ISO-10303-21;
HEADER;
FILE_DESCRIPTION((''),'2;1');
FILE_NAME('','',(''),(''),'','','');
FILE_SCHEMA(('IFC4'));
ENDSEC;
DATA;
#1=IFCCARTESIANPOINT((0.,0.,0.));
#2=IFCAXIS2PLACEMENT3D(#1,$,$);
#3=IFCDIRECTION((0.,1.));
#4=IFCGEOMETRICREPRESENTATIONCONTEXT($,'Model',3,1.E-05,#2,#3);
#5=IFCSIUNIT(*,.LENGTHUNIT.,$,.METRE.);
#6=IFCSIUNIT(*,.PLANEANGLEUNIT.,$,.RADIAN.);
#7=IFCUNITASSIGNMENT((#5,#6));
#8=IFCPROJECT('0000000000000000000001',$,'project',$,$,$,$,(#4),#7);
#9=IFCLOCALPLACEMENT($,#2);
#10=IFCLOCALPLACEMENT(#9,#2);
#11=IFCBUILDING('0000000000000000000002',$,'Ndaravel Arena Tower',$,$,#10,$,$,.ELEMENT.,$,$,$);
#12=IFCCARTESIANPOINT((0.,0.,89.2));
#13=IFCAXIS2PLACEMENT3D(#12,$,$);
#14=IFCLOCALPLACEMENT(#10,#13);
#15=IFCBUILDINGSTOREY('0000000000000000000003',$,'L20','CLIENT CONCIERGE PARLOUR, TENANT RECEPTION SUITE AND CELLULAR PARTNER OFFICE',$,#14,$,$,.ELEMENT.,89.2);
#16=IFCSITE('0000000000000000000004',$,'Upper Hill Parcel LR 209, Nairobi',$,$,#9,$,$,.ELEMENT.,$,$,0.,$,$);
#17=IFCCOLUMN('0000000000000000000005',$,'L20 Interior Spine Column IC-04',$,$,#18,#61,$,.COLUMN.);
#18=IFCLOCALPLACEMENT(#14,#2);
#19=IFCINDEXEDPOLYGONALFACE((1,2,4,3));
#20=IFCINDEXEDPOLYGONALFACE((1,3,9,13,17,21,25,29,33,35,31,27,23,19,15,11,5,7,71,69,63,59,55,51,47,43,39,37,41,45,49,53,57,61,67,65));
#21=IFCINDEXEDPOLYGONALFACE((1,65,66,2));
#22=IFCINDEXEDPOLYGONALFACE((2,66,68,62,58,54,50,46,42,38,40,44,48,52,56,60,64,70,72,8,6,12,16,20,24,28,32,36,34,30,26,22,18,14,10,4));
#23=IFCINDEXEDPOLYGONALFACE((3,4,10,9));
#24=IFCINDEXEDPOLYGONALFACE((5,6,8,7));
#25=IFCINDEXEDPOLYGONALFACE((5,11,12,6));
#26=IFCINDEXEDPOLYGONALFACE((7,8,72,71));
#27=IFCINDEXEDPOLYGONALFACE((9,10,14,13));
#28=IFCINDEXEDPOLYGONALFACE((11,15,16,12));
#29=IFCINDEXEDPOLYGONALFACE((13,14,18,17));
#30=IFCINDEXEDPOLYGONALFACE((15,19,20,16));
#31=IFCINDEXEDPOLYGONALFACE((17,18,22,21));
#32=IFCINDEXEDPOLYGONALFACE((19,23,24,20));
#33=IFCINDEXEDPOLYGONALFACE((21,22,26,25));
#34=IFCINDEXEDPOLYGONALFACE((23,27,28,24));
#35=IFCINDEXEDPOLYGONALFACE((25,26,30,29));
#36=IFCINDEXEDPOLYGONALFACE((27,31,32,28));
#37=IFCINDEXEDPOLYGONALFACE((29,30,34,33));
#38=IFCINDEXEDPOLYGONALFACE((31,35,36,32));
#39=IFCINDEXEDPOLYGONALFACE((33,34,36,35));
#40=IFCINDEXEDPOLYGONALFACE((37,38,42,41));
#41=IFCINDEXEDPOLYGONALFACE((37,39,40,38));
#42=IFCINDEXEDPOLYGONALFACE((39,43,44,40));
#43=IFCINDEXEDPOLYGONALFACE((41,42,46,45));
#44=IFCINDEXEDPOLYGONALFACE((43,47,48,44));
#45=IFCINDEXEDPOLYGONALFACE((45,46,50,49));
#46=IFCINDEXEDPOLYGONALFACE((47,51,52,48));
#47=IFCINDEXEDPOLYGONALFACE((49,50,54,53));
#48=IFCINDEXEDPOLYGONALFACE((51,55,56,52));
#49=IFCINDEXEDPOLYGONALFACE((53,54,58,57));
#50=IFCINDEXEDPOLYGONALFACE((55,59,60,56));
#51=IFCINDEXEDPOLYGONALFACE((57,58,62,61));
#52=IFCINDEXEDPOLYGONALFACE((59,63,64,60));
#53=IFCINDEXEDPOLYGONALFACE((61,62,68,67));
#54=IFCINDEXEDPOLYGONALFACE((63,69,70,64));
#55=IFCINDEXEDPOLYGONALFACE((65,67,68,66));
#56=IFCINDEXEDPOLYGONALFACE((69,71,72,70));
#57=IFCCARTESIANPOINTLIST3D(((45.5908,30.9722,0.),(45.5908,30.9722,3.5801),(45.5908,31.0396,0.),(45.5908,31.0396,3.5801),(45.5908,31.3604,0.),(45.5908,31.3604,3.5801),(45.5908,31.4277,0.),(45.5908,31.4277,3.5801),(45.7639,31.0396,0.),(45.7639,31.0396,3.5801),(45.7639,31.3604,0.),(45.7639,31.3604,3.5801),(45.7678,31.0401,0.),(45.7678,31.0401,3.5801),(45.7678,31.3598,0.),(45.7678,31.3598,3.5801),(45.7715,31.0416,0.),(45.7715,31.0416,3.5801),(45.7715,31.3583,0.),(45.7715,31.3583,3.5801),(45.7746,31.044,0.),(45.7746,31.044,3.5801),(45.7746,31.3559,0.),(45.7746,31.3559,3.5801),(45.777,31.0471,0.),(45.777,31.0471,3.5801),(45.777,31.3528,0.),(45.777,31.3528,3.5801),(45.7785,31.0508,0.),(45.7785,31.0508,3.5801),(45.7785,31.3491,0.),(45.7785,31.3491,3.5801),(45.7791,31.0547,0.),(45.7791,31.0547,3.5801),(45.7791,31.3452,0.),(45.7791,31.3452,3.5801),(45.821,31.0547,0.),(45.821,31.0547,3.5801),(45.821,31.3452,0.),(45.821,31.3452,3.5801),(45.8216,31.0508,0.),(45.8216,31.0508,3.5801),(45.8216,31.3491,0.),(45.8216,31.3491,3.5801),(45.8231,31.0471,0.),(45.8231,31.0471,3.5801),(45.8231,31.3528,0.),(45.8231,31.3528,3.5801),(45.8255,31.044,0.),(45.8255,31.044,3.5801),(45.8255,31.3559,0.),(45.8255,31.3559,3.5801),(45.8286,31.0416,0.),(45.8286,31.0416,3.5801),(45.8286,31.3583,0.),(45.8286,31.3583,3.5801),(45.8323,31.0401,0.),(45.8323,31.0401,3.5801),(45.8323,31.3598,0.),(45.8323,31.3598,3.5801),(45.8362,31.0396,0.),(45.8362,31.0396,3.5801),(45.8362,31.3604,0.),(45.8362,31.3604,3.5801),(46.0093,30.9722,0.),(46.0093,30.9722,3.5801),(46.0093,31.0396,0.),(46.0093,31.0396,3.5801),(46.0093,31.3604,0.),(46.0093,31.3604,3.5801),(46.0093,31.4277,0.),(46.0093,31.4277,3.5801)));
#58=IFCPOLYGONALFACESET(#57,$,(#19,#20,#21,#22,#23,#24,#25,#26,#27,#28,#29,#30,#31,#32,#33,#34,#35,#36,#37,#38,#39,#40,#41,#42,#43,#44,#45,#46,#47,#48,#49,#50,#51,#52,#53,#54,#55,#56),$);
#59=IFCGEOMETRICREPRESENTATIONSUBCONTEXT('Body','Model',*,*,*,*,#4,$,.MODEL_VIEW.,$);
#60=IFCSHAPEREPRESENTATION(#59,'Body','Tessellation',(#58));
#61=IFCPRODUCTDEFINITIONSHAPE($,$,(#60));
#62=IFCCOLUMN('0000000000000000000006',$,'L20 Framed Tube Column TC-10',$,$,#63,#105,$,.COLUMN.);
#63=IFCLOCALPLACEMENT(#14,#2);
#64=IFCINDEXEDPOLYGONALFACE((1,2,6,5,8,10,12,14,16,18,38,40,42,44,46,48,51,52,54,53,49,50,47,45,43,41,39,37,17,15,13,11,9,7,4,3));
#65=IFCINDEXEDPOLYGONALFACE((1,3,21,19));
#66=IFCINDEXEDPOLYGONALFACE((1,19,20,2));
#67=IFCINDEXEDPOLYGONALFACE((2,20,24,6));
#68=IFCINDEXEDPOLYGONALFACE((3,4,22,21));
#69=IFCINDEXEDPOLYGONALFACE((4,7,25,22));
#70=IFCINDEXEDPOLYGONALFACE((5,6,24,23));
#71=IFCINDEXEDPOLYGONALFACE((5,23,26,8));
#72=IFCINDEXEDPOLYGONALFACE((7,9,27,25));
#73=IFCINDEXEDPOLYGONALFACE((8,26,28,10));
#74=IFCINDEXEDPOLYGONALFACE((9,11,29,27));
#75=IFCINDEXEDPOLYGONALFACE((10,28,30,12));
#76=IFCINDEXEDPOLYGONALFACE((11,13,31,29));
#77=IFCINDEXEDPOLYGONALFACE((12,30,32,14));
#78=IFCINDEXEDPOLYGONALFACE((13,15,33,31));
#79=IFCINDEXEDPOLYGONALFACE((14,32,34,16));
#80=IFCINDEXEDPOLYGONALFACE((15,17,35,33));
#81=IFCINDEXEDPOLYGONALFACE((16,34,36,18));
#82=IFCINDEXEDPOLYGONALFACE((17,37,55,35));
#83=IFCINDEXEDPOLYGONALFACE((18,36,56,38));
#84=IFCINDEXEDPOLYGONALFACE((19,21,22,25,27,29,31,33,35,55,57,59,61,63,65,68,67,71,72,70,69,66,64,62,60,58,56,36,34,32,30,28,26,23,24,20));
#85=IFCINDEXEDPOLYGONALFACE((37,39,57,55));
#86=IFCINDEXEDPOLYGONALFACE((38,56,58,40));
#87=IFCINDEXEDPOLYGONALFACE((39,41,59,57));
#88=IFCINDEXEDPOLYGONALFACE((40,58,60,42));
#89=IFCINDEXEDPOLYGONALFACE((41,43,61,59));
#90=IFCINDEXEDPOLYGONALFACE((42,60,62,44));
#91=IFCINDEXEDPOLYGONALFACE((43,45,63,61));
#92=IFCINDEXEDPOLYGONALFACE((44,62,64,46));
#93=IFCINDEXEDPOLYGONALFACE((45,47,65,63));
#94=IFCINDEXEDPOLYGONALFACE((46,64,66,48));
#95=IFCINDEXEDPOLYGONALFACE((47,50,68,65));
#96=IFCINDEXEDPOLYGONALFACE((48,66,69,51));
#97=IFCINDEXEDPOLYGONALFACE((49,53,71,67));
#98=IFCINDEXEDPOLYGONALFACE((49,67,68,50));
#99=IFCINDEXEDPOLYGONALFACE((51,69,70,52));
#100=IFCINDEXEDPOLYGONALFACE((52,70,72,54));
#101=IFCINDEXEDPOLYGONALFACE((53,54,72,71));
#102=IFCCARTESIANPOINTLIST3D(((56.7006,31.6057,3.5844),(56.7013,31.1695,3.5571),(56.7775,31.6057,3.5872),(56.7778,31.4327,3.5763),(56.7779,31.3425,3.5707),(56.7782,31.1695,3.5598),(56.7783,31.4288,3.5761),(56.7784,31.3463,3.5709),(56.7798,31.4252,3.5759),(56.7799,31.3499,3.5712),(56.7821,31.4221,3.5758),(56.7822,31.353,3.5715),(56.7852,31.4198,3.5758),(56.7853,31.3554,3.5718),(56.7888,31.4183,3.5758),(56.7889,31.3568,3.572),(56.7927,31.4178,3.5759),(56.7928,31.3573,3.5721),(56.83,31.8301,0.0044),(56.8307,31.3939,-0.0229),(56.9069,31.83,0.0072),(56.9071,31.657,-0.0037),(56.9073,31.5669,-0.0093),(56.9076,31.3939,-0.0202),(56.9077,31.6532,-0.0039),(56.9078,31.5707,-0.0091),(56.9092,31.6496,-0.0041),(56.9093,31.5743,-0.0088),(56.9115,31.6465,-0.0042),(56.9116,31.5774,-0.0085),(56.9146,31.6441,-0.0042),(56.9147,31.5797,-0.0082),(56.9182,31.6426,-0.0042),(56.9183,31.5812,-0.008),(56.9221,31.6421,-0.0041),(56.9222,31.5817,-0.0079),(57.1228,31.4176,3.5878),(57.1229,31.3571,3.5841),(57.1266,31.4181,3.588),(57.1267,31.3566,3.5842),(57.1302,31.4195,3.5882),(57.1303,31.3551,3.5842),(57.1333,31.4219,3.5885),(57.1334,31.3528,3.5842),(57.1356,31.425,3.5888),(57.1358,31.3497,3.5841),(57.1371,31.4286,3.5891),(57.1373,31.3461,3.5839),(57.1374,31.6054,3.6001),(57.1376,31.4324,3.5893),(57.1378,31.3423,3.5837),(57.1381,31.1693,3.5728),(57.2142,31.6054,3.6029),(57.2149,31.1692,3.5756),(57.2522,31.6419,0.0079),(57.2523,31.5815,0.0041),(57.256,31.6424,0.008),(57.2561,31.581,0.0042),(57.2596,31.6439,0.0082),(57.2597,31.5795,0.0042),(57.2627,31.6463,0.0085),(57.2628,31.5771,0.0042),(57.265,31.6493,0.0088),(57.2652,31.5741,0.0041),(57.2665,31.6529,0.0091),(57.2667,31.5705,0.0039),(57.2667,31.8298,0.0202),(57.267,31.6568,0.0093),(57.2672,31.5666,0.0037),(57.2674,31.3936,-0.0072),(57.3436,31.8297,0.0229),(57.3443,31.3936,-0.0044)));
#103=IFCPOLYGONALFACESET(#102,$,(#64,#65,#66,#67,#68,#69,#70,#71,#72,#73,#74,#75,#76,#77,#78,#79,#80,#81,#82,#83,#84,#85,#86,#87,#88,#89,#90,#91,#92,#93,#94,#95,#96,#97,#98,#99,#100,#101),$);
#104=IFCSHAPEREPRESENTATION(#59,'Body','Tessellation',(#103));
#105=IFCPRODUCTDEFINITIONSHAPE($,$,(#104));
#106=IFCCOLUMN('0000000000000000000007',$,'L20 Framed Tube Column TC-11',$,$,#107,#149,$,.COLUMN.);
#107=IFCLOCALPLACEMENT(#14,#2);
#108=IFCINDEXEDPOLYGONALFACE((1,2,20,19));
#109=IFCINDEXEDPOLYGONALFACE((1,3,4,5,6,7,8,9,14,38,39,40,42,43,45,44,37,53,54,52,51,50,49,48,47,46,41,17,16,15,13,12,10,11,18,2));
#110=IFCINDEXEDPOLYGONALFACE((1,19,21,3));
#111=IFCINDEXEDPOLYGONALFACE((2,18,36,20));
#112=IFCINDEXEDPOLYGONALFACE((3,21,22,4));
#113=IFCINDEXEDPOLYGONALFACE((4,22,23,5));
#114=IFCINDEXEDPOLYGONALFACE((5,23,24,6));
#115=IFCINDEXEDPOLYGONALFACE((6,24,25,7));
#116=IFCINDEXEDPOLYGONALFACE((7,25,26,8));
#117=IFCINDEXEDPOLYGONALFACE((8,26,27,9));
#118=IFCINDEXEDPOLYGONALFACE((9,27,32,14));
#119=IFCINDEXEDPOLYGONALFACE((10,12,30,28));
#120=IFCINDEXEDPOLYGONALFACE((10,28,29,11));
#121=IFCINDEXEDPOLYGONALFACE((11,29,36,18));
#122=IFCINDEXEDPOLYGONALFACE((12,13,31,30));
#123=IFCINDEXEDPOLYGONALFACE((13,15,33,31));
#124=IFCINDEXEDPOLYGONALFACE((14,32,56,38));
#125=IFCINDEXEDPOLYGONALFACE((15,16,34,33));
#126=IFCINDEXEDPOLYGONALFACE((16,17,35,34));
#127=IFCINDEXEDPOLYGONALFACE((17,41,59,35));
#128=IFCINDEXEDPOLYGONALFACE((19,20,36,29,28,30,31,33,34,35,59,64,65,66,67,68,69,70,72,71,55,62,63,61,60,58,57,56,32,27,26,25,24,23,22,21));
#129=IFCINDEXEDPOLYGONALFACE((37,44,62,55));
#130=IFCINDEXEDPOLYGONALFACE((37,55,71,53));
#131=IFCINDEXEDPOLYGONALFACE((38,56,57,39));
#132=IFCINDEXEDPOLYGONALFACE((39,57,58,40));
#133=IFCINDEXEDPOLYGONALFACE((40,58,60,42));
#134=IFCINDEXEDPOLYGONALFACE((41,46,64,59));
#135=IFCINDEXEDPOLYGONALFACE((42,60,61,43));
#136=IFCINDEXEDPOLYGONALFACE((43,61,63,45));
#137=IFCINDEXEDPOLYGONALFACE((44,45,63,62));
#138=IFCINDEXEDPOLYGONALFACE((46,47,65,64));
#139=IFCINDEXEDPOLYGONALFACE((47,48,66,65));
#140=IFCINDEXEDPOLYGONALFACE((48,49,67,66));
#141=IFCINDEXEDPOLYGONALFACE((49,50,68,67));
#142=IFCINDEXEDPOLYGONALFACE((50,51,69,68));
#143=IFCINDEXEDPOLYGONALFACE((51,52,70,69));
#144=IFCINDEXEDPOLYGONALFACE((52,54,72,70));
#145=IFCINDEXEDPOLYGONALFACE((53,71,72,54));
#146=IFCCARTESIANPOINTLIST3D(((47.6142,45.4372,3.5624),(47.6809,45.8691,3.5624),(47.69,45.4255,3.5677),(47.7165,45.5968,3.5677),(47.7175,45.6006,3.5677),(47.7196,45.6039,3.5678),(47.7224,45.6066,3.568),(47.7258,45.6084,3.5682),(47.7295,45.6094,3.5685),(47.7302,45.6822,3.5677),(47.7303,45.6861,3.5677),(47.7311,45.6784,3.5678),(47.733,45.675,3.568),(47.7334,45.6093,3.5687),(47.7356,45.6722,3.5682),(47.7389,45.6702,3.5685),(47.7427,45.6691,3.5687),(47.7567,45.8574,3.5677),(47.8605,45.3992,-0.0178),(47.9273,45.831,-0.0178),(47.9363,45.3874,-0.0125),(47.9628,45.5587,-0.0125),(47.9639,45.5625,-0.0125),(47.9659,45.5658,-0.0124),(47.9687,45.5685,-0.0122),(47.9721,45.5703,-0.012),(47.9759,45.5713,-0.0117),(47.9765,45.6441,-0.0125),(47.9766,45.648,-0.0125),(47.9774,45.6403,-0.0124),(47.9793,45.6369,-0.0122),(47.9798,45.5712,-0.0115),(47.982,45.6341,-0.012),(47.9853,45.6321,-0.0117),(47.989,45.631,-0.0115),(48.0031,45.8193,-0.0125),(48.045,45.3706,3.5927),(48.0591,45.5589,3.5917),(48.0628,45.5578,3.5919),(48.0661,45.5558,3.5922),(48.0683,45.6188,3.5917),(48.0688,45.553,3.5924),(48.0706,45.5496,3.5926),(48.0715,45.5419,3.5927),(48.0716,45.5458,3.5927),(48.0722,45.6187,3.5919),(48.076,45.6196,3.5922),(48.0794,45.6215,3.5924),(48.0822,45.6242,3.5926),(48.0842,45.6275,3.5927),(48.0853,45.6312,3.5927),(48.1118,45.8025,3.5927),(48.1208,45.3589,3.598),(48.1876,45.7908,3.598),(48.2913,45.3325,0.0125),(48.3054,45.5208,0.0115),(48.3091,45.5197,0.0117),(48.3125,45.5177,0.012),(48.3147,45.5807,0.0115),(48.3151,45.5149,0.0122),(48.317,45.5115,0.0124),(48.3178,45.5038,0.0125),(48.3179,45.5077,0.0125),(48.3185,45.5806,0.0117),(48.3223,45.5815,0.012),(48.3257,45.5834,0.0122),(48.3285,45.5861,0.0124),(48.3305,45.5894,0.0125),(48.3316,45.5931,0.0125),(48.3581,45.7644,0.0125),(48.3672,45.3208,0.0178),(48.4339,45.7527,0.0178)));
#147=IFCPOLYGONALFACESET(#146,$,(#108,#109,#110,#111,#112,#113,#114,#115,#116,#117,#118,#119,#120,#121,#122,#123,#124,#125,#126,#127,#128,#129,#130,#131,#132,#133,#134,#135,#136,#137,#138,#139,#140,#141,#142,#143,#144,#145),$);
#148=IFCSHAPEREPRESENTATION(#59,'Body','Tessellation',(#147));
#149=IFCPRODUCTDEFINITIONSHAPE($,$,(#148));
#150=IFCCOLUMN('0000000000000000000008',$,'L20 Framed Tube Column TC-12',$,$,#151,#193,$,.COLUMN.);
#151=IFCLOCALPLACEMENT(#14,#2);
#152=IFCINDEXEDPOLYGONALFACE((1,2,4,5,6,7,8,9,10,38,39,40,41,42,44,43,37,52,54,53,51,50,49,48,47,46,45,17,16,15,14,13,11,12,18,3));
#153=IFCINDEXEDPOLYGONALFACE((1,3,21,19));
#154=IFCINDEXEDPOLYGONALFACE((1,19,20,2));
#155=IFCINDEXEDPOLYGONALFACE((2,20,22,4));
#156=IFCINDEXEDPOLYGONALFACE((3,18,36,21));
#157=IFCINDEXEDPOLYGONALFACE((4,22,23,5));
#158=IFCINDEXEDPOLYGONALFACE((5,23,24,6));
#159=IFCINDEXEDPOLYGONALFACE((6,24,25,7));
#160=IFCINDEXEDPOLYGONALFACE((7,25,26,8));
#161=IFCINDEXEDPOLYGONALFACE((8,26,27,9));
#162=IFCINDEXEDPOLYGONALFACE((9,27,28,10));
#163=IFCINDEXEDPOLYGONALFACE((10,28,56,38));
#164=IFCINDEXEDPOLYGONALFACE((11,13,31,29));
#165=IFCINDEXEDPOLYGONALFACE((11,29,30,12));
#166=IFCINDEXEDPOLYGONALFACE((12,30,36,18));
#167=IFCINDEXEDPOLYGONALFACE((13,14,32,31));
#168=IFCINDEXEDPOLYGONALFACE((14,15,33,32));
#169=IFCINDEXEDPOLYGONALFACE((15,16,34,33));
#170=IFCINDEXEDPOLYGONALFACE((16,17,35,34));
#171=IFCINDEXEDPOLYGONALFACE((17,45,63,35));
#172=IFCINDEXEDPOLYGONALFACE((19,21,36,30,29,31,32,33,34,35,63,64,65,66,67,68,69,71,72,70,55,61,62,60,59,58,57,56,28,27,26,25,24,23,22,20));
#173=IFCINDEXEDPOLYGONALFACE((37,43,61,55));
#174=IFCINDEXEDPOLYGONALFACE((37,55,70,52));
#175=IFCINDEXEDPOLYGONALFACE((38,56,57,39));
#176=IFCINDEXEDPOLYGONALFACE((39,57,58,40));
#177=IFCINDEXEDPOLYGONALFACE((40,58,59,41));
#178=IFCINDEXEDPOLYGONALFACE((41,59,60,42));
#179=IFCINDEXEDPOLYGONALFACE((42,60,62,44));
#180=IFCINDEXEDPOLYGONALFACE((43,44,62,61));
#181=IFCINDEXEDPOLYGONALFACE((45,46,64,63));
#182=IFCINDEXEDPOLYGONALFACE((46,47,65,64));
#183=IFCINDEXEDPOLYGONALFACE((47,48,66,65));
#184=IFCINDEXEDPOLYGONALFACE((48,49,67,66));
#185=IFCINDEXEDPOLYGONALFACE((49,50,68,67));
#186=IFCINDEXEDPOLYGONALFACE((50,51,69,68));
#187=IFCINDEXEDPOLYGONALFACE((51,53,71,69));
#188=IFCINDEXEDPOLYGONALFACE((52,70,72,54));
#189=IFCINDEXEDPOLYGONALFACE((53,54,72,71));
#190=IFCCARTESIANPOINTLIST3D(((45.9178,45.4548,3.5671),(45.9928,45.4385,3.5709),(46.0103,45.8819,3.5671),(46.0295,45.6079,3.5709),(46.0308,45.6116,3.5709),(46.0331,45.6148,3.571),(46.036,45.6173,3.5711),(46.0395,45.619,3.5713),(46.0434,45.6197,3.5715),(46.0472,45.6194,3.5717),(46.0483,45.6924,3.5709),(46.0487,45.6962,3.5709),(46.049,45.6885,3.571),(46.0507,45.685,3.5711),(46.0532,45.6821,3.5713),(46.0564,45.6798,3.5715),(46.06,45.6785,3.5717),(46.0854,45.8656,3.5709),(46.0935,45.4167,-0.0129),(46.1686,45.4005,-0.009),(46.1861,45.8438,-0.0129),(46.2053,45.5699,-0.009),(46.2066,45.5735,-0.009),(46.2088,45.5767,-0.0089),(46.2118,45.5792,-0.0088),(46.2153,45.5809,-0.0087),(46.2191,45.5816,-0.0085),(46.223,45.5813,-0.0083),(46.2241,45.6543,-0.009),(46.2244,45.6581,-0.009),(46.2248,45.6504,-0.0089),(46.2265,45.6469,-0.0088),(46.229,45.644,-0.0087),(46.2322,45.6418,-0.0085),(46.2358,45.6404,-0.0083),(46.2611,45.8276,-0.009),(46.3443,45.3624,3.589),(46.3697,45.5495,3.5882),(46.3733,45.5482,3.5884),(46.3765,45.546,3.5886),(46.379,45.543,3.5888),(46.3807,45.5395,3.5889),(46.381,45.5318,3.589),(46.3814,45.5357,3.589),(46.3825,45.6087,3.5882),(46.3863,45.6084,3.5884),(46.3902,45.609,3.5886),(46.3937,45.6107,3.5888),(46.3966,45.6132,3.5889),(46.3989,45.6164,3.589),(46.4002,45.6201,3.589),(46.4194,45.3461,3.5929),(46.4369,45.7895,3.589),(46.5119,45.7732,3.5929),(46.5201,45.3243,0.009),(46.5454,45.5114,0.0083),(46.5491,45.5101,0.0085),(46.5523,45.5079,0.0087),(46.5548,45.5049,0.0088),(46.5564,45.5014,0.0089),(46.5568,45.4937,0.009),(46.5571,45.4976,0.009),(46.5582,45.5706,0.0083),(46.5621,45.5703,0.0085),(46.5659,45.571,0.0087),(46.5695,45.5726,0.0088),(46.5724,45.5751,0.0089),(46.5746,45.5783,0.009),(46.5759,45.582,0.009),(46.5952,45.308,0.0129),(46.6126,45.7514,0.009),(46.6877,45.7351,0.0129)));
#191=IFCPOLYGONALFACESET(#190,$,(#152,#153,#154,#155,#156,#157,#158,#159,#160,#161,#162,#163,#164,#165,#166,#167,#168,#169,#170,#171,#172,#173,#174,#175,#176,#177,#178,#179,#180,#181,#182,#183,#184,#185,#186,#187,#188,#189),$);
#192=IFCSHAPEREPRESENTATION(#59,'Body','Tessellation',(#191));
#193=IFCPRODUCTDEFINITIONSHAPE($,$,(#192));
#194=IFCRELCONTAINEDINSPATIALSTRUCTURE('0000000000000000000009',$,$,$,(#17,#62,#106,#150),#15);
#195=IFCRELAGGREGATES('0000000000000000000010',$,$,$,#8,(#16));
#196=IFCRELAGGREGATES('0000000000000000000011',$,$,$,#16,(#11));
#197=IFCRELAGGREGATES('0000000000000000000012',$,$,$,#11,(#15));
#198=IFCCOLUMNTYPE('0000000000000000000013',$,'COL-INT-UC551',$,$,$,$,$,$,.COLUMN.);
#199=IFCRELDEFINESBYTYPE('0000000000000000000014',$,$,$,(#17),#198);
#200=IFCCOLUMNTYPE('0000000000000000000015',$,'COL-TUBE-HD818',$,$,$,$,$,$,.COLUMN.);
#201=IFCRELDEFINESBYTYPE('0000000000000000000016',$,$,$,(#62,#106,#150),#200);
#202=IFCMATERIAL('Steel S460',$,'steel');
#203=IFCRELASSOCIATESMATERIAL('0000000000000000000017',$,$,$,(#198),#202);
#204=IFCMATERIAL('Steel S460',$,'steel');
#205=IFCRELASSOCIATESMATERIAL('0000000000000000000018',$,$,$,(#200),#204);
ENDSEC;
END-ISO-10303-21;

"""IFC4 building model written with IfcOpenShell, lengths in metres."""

from ifc_helpers import new_model, si_unit, direction, frame, origin, origin_2d, place, context, subcontext, project, spatial, i_section, extrude, material, material_profile, profile_set, type_object, element, save


model = new_model("IFC4")

# Units and contexts
model_context = context("Model", 3, precision=1e-05, world=origin(), true_north=direction((0.0, 1.0)))
body_context = subcontext(model_context, "Body", "Model", "MODEL_VIEW")
ifc_project = project(units=[si_unit("LENGTHUNIT", "METRE"), si_unit("PLANEANGLEUNIT", "RADIAN")], contexts=[model_context])

# Site, building, storey
site_placement = place(None, origin())
site = spatial("IfcSite", under=ifc_project, at=site_placement, Name="Upper Hill Parcel LR 209, Nairobi", CompositionType="ELEMENT", RefElevation=0.0)
building_placement = place(site_placement, origin())
building = spatial("IfcBuilding", under=site, at=building_placement, Name="Ndaravel Arena Tower", CompositionType="ELEMENT")
storey_placement = place(building_placement, frame((0.0, 0.0, 89.2)))
storey = spatial("IfcBuildingStorey", under=building, at=storey_placement, Name="L20", Description="CLIENT CONCIERGE PARLOUR, TENANT RECEPTION SUITE AND CELLULAR PARTNER OFFICE", CompositionType="ELEMENT", Elevation=89.2)

# Columns
ifc_material_1 = material(Name="Steel S460", Category="steel")
ifc_material_profile_1 = material_profile(ifc_material_1, i_section(OverallWidth=0.4185, OverallDepth=0.4556, WebThickness=0.042, FlangeThickness=0.0674, FilletRadius=0.0151, at=origin_2d()), Name="UC 356x406x551")
ifc_profile_set_1 = profile_set([ifc_material_profile_1], Name="Steel S460")
column_type_1 = type_object("IfcColumnType", Name="COL-INT-UC551", PredefinedType="COLUMN", material=ifc_profile_set_1)
column_1_placement = place(storey_placement, frame((45.8, 31.2, 0.0), z_axis=(0.0, 0.0, 1.0), x_axis=(1.0, 0.0, 0.0)))
element("IfcColumn", 1, at=column_1_placement, inside=storey, type_object=column_type_1, Name="L20 Interior Spine Column IC-04", PredefinedType="COLUMN", context=body_context, shape_type="SweptSolid", body=[
    extrude(i_section(OverallWidth=0.4185, OverallDepth=0.4556, WebThickness=0.042, FlangeThickness=0.0674, FilletRadius=0.0151, at=origin_2d()), origin(), (0.0, 0.0, 1.0), 3.5801),
])
ifc_material_2 = material(Name="Steel S460", Category="steel")
ifc_material_profile_2 = material_profile(ifc_material_2, i_section(OverallWidth=0.437, OverallDepth=0.5139, WebThickness=0.0605, FlangeThickness=0.0769, FilletRadius=0.0149, at=origin_2d()), Name="HD 400x818")
ifc_profile_set_2 = profile_set([ifc_material_profile_2], Name="Steel S460")
column_type_2 = type_object("IfcColumnType", Name="COL-TUBE-HD818", PredefinedType="COLUMN", material=ifc_profile_set_2)
column_2_placement = place(storey_placement, frame((57.0872, 31.6118, 0.0), z_axis=(-0.036049, -0.062507, 0.997393), x_axis=(-0.001605, 0.998044, 0.06249)))
element("IfcColumn", 2, at=column_2_placement, inside=storey, type_object=column_type_2, Name="L20 Framed Tube Column TC-10", PredefinedType="COLUMN", context=body_context, shape_type="SweptSolid", body=[
    extrude(i_section(OverallWidth=0.437, OverallDepth=0.5139, WebThickness=0.0605, FlangeThickness=0.0769, FilletRadius=0.0149, at=origin_2d()), origin(), (0.0, 0.0, 1.0), 3.5894),
])
column_3_placement = place(storey_placement, frame((48.1472, 45.5759, 0.0), z_axis=(-0.068642, 0.010613, 0.997585), x_axis=(-0.152793, -0.988258, 0.0)))
element("IfcColumn", 3, at=column_3_placement, inside=storey, type_object=column_type_2, Name="L20 Framed Tube Column TC-11", PredefinedType="COLUMN", context=body_context, shape_type="SweptSolid", body=[
    extrude(i_section(OverallWidth=0.437, OverallDepth=0.5139, WebThickness=0.0605, FlangeThickness=0.0769, FilletRadius=0.0149, at=origin_2d()), origin(), (0.0, 0.0, 1.0), 3.5889),
])
column_4_placement = place(storey_placement, frame((46.3906, 45.5759, 0.0), z_axis=(-0.049038, 0.010625, 0.99874), x_axis=(-0.211753, -0.977323, 0.0)))
element("IfcColumn", 4, at=column_4_placement, inside=storey, type_object=column_type_2, Name="L20 Framed Tube Column TC-12", PredefinedType="COLUMN", context=body_context, shape_type="SweptSolid", body=[
    extrude(i_section(OverallWidth=0.437, OverallDepth=0.5139, WebThickness=0.0605, FlangeThickness=0.0769, FilletRadius=0.0149, at=origin_2d()), origin(), (0.0, 0.0, 1.0), 3.5845),
])

save(model, "model.ifc")
